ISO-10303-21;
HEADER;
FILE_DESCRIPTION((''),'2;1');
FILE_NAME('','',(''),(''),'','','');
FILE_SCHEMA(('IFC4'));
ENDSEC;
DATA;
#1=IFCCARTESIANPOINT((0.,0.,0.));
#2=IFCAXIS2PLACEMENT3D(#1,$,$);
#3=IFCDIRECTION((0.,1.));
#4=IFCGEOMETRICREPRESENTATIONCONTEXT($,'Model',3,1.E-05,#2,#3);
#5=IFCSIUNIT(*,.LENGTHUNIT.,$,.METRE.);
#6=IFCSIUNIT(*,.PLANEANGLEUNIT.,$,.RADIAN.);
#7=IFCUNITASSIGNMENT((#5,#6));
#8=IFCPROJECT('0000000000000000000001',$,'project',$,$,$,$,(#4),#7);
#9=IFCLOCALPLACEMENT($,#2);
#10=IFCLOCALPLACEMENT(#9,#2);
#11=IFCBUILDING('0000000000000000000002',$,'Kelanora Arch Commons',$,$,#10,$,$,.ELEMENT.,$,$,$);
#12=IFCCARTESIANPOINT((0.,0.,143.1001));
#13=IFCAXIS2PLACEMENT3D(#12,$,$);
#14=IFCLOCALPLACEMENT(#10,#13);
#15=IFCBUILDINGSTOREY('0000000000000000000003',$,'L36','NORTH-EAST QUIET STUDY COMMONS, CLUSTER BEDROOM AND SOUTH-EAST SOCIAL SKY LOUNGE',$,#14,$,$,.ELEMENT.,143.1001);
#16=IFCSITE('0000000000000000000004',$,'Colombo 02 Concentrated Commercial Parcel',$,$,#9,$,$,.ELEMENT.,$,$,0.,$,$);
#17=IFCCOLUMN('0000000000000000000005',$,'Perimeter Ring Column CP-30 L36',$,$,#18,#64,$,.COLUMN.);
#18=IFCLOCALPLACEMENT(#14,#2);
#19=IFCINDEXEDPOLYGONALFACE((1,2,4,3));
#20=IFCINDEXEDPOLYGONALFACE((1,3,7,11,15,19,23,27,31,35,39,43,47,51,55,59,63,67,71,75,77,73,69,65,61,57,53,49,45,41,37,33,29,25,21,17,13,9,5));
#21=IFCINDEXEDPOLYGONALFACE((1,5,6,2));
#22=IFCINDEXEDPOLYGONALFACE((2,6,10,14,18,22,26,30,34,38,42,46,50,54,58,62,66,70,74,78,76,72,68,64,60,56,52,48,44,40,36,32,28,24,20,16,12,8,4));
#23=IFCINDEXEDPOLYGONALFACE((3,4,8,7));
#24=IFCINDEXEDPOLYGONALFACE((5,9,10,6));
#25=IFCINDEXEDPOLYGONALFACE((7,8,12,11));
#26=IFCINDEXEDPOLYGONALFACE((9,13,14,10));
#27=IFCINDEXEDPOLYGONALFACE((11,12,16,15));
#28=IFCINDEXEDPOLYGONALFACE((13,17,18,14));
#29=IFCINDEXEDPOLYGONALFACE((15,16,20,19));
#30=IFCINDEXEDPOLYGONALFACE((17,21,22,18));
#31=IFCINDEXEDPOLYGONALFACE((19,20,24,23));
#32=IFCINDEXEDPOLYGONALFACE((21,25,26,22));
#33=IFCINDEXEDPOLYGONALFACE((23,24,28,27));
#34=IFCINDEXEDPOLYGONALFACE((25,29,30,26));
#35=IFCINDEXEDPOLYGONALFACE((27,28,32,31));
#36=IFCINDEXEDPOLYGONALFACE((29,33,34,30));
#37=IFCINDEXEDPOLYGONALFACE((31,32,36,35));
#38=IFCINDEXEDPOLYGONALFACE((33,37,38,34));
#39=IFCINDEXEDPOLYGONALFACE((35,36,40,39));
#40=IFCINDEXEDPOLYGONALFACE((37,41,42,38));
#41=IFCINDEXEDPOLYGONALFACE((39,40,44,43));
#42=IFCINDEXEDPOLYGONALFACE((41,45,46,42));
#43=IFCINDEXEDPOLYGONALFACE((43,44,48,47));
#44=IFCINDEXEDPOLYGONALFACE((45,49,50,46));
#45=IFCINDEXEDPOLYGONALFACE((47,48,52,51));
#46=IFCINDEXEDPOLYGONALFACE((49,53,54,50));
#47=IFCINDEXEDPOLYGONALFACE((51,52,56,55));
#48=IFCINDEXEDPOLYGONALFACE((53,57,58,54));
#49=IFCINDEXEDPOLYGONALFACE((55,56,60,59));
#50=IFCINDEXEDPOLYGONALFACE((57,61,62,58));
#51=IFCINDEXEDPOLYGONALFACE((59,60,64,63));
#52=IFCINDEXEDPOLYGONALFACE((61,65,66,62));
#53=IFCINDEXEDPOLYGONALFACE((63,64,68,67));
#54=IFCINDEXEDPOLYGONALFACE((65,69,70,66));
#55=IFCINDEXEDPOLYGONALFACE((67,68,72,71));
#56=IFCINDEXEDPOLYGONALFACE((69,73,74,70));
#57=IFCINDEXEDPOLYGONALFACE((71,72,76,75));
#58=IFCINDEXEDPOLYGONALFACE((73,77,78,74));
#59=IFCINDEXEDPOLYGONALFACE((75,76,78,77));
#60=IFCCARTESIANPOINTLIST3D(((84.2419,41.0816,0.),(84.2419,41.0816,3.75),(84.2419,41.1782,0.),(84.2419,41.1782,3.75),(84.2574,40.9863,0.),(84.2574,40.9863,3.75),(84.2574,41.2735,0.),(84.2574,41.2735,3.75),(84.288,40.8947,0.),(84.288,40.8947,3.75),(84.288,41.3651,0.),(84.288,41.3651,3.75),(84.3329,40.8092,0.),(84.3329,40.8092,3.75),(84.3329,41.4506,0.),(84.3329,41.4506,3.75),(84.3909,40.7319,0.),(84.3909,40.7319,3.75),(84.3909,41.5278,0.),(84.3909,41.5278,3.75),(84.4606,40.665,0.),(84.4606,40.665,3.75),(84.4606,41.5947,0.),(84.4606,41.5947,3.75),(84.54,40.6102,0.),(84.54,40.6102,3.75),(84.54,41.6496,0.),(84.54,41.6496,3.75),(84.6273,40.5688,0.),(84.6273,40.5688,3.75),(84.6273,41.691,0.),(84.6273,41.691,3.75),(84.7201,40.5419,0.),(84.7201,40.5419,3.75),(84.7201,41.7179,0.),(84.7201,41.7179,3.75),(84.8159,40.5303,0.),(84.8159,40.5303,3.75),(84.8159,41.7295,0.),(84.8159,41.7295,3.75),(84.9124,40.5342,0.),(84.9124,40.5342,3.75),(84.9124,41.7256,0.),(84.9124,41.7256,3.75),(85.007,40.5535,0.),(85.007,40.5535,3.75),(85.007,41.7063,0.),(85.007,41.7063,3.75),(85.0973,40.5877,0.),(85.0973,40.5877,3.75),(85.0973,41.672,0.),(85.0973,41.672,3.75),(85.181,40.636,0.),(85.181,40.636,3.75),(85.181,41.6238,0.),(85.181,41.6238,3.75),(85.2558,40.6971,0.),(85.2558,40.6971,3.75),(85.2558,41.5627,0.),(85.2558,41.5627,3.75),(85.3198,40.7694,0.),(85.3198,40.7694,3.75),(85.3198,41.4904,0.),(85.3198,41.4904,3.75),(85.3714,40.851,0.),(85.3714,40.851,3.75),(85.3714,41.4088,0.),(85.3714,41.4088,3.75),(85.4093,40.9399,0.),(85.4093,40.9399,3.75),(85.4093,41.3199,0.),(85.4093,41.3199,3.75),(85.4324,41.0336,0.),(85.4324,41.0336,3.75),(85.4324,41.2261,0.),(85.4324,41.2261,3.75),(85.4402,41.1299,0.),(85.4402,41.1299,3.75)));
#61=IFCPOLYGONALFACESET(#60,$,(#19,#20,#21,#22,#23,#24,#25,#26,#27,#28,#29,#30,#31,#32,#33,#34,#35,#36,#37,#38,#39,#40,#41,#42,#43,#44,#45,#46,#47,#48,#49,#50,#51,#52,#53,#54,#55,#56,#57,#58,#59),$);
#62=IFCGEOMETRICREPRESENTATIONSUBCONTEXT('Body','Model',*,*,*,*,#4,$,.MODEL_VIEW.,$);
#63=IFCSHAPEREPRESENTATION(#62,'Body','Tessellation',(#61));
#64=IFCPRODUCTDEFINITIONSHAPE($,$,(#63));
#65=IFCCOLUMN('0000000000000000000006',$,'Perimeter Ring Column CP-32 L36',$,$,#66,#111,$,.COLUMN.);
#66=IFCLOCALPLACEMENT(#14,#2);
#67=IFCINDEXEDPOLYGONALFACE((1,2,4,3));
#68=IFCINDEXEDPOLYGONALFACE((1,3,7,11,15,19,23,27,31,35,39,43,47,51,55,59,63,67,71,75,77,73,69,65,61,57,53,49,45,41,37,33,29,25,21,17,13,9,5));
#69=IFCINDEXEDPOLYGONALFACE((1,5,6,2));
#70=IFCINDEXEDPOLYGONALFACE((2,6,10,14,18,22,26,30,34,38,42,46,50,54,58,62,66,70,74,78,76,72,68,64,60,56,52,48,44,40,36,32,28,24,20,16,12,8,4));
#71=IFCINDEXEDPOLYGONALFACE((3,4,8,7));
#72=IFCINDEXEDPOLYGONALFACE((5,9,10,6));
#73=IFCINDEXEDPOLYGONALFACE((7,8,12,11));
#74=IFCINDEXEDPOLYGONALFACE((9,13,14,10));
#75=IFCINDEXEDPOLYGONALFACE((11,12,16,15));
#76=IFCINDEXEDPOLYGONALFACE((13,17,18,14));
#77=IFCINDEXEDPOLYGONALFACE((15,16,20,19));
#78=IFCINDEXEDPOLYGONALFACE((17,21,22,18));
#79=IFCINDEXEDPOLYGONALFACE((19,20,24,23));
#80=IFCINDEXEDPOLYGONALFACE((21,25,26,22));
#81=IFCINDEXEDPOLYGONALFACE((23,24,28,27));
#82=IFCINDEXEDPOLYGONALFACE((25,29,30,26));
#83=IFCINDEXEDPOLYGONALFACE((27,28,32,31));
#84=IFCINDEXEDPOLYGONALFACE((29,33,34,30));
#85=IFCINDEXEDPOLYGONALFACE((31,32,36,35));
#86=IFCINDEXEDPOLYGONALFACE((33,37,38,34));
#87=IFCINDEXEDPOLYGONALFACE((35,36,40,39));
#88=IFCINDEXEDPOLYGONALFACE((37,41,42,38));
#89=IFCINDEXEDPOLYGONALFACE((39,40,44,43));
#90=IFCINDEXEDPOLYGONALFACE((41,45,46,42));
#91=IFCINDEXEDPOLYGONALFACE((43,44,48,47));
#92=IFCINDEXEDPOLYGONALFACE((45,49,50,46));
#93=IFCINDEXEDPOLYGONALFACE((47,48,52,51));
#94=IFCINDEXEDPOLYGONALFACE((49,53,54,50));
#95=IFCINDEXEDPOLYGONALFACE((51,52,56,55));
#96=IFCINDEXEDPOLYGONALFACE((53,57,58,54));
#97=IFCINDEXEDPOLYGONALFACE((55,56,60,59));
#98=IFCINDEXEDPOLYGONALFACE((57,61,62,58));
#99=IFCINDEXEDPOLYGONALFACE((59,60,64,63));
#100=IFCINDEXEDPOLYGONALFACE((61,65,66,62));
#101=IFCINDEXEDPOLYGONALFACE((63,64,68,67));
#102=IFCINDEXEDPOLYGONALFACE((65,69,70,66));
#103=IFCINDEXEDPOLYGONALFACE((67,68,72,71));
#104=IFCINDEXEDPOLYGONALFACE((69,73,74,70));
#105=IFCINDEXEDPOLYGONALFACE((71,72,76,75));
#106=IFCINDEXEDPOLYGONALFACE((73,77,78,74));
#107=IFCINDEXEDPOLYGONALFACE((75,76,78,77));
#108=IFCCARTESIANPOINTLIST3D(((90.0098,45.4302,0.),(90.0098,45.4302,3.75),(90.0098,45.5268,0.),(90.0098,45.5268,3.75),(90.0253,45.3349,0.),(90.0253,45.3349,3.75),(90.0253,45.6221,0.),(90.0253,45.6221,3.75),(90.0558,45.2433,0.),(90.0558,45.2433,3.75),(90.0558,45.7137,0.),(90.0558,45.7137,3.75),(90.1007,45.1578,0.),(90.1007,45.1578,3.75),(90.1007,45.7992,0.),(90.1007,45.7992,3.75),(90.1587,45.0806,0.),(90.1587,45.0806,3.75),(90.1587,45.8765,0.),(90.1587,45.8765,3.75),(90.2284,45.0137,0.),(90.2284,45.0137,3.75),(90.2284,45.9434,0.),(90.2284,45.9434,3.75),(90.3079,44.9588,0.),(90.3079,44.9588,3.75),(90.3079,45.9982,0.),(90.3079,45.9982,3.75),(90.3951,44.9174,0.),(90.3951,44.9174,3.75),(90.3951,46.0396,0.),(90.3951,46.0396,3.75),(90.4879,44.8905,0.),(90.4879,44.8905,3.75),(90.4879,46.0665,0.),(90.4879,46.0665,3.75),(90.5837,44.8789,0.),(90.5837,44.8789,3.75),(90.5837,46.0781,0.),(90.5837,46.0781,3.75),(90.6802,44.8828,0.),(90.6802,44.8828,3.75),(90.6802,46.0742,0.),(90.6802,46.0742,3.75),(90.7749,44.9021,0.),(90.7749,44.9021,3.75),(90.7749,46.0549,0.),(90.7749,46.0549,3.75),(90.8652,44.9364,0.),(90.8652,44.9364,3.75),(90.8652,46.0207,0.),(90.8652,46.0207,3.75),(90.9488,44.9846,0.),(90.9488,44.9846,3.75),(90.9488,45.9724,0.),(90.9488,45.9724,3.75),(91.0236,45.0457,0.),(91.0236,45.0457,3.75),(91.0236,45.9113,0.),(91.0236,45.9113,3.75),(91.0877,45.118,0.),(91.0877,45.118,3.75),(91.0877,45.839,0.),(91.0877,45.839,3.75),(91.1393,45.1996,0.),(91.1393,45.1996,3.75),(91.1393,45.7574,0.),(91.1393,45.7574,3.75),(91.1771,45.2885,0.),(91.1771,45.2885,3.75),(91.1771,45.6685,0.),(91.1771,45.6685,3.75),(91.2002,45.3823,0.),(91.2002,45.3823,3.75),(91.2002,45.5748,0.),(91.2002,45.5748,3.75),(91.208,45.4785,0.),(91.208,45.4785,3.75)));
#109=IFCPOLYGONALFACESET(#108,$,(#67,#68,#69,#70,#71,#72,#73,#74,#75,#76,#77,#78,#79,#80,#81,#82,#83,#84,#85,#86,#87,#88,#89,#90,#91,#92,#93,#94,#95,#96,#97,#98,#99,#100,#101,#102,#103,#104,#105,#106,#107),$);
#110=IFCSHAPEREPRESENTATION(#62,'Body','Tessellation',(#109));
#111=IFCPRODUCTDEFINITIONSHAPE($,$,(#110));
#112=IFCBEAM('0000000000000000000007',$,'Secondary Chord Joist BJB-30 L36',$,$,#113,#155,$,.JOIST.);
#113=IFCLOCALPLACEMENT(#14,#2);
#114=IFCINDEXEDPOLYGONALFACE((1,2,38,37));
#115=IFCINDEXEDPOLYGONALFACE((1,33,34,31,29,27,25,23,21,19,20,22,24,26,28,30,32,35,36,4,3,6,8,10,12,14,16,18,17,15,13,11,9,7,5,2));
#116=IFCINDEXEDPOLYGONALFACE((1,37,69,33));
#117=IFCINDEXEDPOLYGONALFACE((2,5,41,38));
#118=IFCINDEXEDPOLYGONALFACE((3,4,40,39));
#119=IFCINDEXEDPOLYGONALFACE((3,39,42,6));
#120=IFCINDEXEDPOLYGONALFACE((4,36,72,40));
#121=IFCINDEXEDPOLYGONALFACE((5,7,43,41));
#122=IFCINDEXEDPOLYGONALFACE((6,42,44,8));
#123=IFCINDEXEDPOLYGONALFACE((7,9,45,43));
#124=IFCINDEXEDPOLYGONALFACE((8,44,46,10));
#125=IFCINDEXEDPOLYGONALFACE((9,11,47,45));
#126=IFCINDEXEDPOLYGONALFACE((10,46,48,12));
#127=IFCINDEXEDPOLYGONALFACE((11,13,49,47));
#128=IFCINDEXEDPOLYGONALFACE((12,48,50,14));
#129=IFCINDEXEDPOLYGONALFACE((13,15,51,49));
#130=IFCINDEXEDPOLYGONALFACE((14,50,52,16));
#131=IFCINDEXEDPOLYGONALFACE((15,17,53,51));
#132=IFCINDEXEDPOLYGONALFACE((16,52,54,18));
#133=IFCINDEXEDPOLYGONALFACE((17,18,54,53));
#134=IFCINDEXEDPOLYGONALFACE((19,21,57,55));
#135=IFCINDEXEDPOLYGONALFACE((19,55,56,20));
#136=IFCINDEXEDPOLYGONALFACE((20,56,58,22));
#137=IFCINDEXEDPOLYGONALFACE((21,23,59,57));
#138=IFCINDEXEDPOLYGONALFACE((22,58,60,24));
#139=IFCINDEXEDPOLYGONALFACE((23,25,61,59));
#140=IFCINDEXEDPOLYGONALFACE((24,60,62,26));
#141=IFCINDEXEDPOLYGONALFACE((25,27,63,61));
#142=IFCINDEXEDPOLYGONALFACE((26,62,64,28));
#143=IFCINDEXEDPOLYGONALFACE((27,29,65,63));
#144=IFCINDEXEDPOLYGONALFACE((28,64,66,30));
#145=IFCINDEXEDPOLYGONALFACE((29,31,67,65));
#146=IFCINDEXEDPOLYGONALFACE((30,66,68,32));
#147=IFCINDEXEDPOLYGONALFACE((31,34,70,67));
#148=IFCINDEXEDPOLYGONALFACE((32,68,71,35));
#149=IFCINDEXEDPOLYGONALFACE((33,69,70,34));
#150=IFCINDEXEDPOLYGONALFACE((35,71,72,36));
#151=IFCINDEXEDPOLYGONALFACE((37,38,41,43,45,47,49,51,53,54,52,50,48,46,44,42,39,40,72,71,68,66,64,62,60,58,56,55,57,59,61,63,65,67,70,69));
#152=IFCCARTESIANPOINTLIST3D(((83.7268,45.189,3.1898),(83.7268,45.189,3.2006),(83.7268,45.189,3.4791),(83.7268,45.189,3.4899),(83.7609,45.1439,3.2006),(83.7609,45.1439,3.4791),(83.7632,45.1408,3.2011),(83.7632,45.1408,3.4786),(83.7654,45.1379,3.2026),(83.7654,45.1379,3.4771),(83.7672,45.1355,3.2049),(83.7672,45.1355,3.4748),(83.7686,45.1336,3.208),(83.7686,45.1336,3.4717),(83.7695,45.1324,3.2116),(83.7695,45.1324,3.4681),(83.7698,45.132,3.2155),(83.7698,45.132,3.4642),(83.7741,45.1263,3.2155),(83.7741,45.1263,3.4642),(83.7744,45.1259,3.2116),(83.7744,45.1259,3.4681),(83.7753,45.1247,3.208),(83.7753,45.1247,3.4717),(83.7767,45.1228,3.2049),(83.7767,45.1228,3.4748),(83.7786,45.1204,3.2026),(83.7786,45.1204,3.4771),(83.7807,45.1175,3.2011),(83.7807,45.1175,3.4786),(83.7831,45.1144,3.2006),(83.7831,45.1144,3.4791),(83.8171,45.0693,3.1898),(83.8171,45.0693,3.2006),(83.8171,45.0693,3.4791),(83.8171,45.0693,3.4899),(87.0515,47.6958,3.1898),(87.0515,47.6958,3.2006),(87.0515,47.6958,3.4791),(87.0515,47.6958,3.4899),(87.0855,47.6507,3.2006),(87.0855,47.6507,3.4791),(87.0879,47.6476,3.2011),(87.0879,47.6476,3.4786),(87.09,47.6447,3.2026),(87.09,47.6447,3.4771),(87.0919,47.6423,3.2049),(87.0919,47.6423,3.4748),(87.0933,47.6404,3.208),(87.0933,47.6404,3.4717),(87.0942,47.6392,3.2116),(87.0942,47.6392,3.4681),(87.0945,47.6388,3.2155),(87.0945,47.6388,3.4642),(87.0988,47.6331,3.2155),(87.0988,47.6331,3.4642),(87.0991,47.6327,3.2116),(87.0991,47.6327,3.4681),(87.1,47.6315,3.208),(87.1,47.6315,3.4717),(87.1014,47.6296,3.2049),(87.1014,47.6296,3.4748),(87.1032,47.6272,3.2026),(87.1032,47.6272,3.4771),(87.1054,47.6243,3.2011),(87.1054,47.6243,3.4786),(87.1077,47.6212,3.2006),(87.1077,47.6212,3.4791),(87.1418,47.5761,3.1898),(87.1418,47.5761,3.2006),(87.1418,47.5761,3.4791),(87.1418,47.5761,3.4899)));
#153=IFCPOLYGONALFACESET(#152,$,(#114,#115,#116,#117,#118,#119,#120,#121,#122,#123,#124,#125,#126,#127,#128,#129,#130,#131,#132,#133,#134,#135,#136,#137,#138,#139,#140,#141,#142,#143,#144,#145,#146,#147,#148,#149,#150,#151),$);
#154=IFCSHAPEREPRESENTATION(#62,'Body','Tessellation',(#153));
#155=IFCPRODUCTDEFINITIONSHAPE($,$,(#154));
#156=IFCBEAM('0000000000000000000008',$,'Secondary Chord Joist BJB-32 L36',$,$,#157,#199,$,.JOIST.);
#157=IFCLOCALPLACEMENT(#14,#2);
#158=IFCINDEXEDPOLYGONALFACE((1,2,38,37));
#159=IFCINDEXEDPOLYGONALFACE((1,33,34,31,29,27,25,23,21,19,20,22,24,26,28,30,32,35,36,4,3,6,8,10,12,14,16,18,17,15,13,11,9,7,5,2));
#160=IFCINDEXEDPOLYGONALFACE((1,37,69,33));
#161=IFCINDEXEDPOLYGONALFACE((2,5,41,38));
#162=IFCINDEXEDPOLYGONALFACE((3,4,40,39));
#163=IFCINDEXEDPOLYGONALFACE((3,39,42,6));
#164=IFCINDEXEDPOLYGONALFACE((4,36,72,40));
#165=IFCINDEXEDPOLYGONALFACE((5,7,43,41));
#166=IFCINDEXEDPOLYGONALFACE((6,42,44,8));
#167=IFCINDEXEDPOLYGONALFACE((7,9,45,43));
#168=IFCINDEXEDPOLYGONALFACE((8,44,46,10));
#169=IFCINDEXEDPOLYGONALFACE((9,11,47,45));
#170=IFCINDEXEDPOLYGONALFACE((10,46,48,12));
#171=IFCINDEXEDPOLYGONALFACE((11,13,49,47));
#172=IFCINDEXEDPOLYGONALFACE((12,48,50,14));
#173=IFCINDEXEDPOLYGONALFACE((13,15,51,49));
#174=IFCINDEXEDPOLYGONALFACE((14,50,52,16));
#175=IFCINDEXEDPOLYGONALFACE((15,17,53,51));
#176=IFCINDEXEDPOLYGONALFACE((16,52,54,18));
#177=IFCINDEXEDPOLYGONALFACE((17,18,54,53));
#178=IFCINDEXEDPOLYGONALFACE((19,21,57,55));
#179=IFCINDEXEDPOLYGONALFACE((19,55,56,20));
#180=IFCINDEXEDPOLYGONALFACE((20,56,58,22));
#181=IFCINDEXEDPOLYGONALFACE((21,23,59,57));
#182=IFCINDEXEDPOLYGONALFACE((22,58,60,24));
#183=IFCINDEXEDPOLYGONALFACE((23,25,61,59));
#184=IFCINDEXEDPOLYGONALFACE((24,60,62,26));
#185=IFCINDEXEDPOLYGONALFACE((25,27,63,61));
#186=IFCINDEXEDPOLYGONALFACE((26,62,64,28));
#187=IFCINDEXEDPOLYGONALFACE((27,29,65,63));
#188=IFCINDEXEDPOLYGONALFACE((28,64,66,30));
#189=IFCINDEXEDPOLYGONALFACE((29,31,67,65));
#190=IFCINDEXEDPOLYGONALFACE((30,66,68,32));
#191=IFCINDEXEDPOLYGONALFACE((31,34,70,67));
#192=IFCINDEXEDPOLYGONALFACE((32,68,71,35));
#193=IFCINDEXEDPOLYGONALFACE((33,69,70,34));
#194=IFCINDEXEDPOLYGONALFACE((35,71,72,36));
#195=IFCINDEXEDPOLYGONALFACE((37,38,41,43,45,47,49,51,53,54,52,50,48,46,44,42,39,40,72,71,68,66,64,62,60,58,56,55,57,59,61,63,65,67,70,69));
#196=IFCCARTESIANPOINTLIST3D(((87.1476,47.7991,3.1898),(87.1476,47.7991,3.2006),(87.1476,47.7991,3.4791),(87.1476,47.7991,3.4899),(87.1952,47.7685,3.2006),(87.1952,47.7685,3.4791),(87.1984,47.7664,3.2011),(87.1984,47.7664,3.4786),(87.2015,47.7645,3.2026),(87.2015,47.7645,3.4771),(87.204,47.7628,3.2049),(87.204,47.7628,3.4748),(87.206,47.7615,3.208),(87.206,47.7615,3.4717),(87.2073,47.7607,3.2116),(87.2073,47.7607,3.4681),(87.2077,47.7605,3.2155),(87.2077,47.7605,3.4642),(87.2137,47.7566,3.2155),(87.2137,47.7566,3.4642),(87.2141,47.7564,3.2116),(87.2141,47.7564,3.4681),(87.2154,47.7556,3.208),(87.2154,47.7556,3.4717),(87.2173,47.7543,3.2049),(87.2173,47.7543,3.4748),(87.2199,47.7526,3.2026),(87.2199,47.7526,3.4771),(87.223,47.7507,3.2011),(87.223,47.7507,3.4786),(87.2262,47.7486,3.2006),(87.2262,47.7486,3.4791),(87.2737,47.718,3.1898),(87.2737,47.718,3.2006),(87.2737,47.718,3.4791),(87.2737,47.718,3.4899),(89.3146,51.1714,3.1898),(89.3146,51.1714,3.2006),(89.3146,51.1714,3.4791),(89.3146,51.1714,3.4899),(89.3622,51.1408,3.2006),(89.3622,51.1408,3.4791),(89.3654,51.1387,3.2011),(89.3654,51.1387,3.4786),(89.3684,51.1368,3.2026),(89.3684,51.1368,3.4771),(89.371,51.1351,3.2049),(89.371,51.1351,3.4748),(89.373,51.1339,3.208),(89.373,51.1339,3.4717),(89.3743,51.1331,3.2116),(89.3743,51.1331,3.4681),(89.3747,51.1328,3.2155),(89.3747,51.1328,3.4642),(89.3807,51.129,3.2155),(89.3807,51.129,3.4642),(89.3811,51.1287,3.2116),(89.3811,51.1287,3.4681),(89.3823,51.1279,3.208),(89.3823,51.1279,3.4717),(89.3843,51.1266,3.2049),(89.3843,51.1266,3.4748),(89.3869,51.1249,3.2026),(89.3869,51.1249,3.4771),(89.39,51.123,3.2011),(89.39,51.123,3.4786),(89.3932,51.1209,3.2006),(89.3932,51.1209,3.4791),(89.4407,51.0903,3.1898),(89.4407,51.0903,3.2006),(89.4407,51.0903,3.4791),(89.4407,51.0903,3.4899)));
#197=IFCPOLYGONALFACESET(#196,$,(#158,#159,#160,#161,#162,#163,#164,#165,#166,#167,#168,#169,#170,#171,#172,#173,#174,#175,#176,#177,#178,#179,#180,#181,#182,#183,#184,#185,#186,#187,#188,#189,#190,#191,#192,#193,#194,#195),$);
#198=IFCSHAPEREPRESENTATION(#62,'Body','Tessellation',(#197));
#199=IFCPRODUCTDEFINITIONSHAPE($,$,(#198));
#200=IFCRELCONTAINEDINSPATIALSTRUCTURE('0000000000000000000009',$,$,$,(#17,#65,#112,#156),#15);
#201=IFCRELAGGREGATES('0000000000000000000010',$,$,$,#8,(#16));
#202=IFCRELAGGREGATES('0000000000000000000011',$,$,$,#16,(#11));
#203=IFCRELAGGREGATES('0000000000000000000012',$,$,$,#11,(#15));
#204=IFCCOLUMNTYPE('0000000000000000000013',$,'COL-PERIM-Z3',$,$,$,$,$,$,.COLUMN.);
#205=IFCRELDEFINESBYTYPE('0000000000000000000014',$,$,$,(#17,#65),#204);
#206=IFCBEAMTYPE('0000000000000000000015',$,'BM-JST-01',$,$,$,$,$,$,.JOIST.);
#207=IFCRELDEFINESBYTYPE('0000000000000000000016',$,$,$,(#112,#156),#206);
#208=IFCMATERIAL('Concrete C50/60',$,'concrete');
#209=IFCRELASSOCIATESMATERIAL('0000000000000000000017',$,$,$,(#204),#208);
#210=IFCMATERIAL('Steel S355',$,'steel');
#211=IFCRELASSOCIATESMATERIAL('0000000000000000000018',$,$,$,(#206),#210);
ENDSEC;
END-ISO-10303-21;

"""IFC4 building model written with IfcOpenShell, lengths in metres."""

from ifc_helpers import new_model, si_unit, direction, frame, origin, origin_2d, place, context, subcontext, project, spatial, circle, i_section, extrude, material, material_profile, profile_set, type_object, element, save


model = new_model("IFC4")

# Units and contexts
model_context = context("Model", 3, precision=1e-05, world=origin(), true_north=direction((0.0, 1.0)))
body_context = subcontext(model_context, "Body", "Model", "MODEL_VIEW")
ifc_project = project(units=[si_unit("LENGTHUNIT", "METRE"), si_unit("PLANEANGLEUNIT", "RADIAN")], contexts=[model_context])

# Site, building, storey
site_placement = place(None, origin())
site = spatial("IfcSite", under=ifc_project, at=site_placement, Name="Colombo 02 Concentrated Commercial Parcel", CompositionType="ELEMENT", RefElevation=0.0)
building_placement = place(site_placement, origin())
building = spatial("IfcBuilding", under=site, at=building_placement, Name="Kelanora Arch Commons", CompositionType="ELEMENT")
storey_placement = place(building_placement, frame((0.0, 0.0, 143.1001)))
storey = spatial("IfcBuildingStorey", under=building, at=storey_placement, Name="L36", Description="NORTH-EAST QUIET STUDY COMMONS, CLUSTER BEDROOM AND SOUTH-EAST SOCIAL SKY LOUNGE", CompositionType="ELEMENT", Elevation=143.1001)

# Columns
ifc_material_1 = material(Name="Concrete C50/60", Category="concrete")
ifc_material_profile_1 = material_profile(ifc_material_1, circle(Radius=0.6001, at=origin_2d()), Name="RCC1200")
ifc_profile_set_1 = profile_set([ifc_material_profile_1], Name="Concrete C50/60")
column_type = type_object("IfcColumnType", Name="COL-PERIM-Z3", PredefinedType="COLUMN", material=ifc_profile_set_1)
for number, where, z_axis, x_axis, name in (
    (1, (84.8401, 41.1299, 0.0), (0.0, 0.0, 1.0), (1.0, 0.0, 0.0), "Perimeter Ring Column CP-30 L36"),
    (2, (90.6079, 45.4785, 0.0), (0.0, 0.0, 1.0), (1.0, 0.0, 0.0), "Perimeter Ring Column CP-32 L36"),
):
    element("IfcColumn", number, at=place(storey_placement, frame(where, z_axis=z_axis, x_axis=x_axis)), inside=storey, type_object=column_type, Name=name, PredefinedType="COLUMN", context=body_context, shape_type="SweptSolid", body=[
        extrude(circle(Radius=0.6001, at=origin_2d()), origin(), (0.0, 0.0, 1.0), 3.75),
    ])

# Beams
ifc_material_2 = material(Name="Steel S355", Category="steel")
ifc_material_profile_2 = material_profile(ifc_material_2, i_section(OverallWidth=0.1499, OverallDepth=0.3, WebThickness=0.0071, FlangeThickness=0.0107, FilletRadius=0.0149, at=origin_2d()), Name="IPE300")
ifc_profile_set_2 = profile_set([ifc_material_profile_2], Name="Steel S355")
beam_type_1 = type_object("IfcBeamType", Name="BM-JST-01", PredefinedType="JOIST", material=ifc_profile_set_2)
beam_1_placement = place(storey_placement, frame((83.772, 45.1292, 3.3398), z_axis=(0.798464, 0.602043, 0.0), x_axis=(-0.602043, 0.798464, 0.0)))
element("IfcBeam", 3, at=beam_1_placement, inside=storey, type_object=beam_type_1, Name="Secondary Chord Joist BJB-30 L36", PredefinedType="JOIST", context=body_context, shape_type="SweptSolid", body=[
    extrude(i_section(OverallWidth=0.1499, OverallDepth=0.3, WebThickness=0.0071, FlangeThickness=0.0107, FilletRadius=0.0149, at=origin_2d()), origin(), (0.0, 0.0, 1.0), 4.1638),
])
beam_2_placement = place(storey_placement, frame((87.2107, 47.7585, 3.3398), z_axis=(0.540594, 0.841283, 0.0), x_axis=(-0.841283, 0.540594, 0.0)))
element("IfcBeam", 4, at=beam_2_placement, inside=storey, type_object=beam_type_1, Name="Secondary Chord Joist BJB-32 L36", PredefinedType="JOIST", context=body_context, shape_type="SweptSolid", body=[
    extrude(i_section(OverallWidth=0.1499, OverallDepth=0.3, WebThickness=0.0071, FlangeThickness=0.0107, FilletRadius=0.0149, at=origin_2d()), origin(), (0.0, 0.0, 1.0), 4.0085),
])

save(model, "model.ifc")
